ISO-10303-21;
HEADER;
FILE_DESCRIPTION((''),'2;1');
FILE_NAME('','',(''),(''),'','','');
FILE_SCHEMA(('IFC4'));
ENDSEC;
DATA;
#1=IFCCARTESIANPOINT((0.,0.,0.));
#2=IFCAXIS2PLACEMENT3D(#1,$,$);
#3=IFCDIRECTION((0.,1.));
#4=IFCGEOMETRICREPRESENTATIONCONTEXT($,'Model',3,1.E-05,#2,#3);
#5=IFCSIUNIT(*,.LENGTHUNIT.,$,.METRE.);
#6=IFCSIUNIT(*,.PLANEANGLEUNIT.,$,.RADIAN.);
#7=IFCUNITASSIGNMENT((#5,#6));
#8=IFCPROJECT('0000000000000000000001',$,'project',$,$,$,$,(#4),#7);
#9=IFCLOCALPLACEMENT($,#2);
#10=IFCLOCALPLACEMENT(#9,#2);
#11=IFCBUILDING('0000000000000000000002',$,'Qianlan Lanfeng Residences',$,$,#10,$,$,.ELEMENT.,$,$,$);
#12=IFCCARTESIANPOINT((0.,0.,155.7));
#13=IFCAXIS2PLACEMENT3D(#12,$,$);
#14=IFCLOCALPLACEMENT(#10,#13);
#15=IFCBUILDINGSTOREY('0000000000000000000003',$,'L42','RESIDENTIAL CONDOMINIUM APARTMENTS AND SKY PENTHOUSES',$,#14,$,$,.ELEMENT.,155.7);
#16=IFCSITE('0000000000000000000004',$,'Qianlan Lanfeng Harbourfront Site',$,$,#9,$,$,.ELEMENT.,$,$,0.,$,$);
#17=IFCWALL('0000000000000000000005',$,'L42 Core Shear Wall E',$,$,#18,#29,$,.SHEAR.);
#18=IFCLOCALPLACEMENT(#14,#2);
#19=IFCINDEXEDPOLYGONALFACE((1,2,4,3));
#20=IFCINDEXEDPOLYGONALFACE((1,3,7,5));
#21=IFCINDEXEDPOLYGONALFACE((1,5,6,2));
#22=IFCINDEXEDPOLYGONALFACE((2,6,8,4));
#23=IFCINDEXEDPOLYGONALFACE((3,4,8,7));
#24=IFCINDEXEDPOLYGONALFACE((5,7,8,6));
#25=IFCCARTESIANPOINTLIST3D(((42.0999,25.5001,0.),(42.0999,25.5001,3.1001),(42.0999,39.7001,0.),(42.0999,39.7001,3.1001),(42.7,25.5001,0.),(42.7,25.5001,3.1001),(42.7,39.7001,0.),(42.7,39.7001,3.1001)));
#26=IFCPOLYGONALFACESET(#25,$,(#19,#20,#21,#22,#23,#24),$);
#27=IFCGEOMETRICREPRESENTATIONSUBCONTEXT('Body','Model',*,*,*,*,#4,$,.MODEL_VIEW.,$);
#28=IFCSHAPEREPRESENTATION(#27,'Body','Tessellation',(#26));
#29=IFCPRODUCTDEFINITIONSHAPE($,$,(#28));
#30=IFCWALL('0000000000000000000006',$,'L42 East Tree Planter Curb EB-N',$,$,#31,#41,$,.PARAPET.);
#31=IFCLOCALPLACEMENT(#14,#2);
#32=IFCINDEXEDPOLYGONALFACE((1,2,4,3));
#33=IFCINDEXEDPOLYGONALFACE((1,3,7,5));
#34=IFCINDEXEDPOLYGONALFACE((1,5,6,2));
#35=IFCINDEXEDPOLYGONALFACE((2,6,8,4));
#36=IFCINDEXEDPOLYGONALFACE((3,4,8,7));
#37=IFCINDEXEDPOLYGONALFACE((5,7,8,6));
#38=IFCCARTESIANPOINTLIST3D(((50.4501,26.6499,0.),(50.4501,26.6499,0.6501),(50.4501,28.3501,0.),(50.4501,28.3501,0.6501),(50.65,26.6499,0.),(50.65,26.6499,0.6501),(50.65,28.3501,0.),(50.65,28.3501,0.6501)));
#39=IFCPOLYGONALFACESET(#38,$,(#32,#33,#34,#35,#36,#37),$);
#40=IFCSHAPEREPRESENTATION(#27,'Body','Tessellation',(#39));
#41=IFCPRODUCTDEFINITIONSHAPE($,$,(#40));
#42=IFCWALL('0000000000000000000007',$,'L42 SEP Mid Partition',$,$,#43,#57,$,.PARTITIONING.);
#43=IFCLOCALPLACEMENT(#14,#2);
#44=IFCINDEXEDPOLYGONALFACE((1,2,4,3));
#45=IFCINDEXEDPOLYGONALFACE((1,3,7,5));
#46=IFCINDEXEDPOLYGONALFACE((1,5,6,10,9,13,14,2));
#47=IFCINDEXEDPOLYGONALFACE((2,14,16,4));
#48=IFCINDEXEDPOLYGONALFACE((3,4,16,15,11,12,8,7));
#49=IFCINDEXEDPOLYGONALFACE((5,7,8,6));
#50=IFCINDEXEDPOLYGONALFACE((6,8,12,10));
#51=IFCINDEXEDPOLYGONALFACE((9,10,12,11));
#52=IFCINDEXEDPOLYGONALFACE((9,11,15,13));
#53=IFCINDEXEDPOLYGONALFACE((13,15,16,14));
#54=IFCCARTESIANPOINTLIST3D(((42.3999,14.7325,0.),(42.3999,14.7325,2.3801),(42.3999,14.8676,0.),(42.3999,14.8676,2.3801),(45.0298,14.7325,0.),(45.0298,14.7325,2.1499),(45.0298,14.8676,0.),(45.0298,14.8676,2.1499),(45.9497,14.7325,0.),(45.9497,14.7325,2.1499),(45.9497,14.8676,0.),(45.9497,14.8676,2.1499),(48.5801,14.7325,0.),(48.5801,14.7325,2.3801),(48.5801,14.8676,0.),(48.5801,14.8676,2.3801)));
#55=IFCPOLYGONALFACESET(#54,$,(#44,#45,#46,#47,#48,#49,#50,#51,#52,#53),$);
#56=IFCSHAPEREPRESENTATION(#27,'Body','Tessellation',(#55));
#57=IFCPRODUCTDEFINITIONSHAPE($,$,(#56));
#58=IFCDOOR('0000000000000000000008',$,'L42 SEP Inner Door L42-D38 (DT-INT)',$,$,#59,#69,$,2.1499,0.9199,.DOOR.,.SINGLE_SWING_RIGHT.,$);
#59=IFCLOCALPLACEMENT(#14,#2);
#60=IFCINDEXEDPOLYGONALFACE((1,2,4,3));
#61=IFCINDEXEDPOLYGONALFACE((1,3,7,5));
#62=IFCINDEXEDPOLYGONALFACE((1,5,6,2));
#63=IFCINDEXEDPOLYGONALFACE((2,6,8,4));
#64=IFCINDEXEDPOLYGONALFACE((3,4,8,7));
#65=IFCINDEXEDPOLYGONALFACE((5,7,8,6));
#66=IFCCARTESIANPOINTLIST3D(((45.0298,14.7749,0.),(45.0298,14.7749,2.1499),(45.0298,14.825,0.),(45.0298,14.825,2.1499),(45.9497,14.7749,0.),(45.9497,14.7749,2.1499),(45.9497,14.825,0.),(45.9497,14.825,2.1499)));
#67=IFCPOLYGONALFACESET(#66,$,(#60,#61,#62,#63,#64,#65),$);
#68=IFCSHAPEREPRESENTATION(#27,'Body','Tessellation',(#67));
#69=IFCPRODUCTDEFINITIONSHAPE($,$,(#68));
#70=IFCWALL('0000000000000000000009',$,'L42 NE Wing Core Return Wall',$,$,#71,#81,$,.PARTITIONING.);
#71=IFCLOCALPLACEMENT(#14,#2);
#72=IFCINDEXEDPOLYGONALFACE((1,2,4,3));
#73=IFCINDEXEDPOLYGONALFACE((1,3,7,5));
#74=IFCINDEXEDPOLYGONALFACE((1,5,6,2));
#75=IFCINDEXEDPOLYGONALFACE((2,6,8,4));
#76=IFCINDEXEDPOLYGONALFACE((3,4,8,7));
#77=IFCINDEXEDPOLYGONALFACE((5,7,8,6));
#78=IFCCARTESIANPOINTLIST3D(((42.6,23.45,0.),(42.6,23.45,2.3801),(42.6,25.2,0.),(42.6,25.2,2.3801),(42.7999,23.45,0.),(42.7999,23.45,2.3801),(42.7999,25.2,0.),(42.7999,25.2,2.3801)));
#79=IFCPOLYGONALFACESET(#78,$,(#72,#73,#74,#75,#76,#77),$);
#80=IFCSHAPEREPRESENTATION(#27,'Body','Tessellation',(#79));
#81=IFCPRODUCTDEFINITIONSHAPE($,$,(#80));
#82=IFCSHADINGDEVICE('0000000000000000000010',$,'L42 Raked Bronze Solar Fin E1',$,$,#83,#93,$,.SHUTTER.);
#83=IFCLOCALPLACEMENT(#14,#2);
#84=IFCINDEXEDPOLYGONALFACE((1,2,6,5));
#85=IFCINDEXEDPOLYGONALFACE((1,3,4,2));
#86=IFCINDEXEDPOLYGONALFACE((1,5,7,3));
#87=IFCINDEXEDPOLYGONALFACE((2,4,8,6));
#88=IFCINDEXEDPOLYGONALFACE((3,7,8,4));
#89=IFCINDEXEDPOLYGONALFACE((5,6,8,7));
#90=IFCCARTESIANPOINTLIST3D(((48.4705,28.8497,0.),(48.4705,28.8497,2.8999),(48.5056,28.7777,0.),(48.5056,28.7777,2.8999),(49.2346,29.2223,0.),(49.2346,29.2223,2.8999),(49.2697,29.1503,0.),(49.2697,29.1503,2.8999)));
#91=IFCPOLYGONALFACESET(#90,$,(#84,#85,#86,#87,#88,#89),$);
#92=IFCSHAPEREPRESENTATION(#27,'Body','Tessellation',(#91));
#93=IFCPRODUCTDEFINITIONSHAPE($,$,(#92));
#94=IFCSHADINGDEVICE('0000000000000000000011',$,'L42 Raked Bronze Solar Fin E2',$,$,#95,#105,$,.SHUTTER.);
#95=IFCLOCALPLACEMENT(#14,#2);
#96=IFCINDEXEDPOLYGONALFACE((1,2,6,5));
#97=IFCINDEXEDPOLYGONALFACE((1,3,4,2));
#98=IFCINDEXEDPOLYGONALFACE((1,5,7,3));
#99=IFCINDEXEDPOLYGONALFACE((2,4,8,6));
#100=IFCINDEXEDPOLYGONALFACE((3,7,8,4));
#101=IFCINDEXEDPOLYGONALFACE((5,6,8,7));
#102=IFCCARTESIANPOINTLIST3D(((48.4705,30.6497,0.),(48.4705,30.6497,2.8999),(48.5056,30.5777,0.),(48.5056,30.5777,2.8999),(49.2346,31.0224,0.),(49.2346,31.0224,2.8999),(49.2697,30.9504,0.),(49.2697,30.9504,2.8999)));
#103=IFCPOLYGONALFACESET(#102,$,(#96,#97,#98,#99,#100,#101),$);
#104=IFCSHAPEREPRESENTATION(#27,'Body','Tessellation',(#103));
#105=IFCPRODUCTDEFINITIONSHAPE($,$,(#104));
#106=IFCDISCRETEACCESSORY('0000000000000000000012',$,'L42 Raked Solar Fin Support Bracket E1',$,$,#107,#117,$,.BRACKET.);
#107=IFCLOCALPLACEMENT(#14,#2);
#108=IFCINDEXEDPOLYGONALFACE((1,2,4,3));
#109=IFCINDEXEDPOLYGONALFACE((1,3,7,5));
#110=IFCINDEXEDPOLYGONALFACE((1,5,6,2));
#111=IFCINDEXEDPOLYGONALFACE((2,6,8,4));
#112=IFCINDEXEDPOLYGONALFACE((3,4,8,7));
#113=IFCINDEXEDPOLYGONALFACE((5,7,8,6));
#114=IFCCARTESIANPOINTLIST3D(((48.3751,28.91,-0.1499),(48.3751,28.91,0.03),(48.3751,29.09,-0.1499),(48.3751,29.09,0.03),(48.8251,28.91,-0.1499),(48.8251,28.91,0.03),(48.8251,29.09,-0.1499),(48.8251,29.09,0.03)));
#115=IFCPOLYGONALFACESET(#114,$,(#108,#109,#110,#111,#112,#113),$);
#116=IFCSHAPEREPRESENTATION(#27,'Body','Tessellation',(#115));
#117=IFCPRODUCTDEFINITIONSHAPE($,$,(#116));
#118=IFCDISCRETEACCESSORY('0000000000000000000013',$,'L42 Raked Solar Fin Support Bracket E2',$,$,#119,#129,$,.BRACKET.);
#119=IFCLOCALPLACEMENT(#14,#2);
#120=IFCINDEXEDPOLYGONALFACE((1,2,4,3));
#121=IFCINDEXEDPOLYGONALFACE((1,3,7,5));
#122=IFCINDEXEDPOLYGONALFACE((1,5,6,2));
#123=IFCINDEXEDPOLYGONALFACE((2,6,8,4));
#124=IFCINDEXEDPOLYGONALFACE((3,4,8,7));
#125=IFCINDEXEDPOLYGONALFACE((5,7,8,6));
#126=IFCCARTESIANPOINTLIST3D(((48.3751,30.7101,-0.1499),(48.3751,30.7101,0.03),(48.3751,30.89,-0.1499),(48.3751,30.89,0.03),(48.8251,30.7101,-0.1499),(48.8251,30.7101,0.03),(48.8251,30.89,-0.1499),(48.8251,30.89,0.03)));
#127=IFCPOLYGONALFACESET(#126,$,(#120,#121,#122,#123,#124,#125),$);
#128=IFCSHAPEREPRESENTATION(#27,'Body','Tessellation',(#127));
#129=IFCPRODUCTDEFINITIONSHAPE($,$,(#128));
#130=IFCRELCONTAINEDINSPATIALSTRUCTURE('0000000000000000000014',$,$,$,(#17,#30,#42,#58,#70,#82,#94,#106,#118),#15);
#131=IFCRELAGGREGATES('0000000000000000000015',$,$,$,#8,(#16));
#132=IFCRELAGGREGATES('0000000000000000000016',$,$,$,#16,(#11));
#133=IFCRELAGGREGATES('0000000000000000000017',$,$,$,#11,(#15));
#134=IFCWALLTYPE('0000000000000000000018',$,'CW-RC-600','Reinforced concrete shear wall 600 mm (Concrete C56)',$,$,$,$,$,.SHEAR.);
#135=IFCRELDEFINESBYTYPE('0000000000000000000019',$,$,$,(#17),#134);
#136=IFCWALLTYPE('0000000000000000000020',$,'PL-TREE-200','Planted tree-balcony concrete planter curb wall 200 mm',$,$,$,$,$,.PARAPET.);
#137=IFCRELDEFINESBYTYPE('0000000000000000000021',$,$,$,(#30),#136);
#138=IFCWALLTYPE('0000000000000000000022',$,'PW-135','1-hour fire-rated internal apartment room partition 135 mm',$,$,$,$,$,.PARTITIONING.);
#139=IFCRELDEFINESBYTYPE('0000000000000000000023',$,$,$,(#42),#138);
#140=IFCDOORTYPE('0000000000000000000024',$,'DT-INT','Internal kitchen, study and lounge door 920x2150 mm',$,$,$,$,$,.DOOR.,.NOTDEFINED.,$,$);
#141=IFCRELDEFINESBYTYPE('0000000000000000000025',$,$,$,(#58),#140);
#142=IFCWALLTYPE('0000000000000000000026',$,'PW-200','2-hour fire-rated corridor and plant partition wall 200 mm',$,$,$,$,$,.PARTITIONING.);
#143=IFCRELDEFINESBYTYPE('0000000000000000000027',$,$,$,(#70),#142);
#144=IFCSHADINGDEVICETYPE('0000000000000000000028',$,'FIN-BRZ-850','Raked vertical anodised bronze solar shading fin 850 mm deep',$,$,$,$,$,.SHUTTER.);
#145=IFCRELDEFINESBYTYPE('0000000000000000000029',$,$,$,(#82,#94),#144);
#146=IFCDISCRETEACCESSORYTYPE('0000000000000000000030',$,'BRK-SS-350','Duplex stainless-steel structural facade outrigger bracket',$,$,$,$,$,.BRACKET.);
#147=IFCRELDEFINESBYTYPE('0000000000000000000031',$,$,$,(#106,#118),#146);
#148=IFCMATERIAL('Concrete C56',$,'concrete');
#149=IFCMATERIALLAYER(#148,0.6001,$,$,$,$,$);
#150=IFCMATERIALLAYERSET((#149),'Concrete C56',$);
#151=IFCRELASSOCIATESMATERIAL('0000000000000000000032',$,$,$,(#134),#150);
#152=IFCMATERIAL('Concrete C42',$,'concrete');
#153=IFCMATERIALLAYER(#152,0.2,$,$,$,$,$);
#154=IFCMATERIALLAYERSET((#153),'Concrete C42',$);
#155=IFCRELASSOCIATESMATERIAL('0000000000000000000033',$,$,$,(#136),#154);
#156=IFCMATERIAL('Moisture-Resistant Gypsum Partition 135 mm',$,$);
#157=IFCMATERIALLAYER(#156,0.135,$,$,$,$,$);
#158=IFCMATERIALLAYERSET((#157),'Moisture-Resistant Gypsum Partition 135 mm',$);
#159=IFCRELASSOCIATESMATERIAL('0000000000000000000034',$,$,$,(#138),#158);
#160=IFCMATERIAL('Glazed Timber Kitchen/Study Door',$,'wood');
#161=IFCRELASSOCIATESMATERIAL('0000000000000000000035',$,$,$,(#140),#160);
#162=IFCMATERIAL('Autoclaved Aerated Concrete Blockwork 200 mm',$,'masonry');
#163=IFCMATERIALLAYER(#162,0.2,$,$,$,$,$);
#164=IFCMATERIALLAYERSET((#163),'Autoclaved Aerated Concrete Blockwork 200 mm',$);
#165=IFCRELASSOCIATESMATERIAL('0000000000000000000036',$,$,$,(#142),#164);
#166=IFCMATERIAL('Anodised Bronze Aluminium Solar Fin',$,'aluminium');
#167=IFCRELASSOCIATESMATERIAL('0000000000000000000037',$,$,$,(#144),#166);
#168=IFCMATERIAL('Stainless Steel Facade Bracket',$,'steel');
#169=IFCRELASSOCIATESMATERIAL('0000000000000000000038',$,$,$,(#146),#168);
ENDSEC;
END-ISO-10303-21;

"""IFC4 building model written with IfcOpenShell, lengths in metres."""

from ifc_helpers import new_model, si_unit, direction, frame, frame_2d, origin, origin_2d, place, context, subcontext, project, spatial, rectangle, extrude, source, transform, mapped, material, layer, layer_set, type_object, element, fill, save


model = new_model("IFC4")

# Units and contexts
model_context = context("Model", 3, precision=1e-05, world=origin(), true_north=direction((0.0, 1.0)))
body_context = subcontext(model_context, "Body", "Model", "MODEL_VIEW")
ifc_project = project(units=[si_unit("LENGTHUNIT", "METRE"), si_unit("PLANEANGLEUNIT", "RADIAN")], contexts=[model_context])

# Site, building, storey
site_placement = place(None, origin())
site = spatial("IfcSite", under=ifc_project, at=site_placement, Name="Qianlan Lanfeng Harbourfront Site", CompositionType="ELEMENT", RefElevation=0.0)
building_placement = place(site_placement, origin())
building = spatial("IfcBuilding", under=site, at=building_placement, Name="Qianlan Lanfeng Residences", CompositionType="ELEMENT")
storey_placement = place(building_placement, frame((0.0, 0.0, 155.7)))
storey = spatial("IfcBuildingStorey", under=building, at=storey_placement, Name="L42", Description="RESIDENTIAL CONDOMINIUM APARTMENTS AND SKY PENTHOUSES", CompositionType="ELEMENT", Elevation=155.7)

# Walls
ifc_material_1 = material(Name="Concrete C56", Category="concrete")
ifc_layer_1 = layer(ifc_material_1, 0.6001)
ifc_layer_set_1 = layer_set([ifc_layer_1], Name="Concrete C56")
wall_type_1 = type_object("IfcWallType", Name="CW-RC-600", Description="Reinforced concrete shear wall 600 mm (Concrete C56)", PredefinedType="SHEAR", material=ifc_layer_set_1)
wall_1_placement = place(storey_placement, frame((42.3999, 25.5, 0.0), z_axis=(0.0, 0.0, 1.0), x_axis=(0.0, 1.0, 0.0)))
element("IfcWall", 1, at=wall_1_placement, inside=storey, type_object=wall_type_1, Name="L42 Core Shear Wall E", PredefinedType="SHEAR", context=body_context, shape_type="SweptSolid", body=[
    extrude(rectangle(XDim=14.2, YDim=0.6001, at=frame_2d((7.1001, 0.0))), origin(), (0.0, 0.0, 1.0), 3.1001),
])
ifc_material_2 = material(Name="Concrete C42", Category="concrete")
ifc_layer_2 = layer(ifc_material_2, 0.2)
ifc_layer_set_2 = layer_set([ifc_layer_2], Name="Concrete C42")
wall_type_2 = type_object("IfcWallType", Name="PL-TREE-200", Description="Planted tree-balcony concrete planter curb wall 200 mm", PredefinedType="PARAPET", material=ifc_layer_set_2)
wall_2_placement = place(storey_placement, frame((50.55, 26.6499, 0.0), z_axis=(0.0, 0.0, 1.0), x_axis=(0.0, 1.0, 0.0)))
element("IfcWall", 2, at=wall_2_placement, inside=storey, type_object=wall_type_2, Name="L42 East Tree Planter Curb EB-N", PredefinedType="PARAPET", context=body_context, shape_type="SweptSolid", body=[
    extrude(rectangle(XDim=1.7002, YDim=0.2, at=frame_2d((0.8501, 0.0))), origin(), (0.0, 0.0, 1.0), 0.6501),
])

# Wall, opening, door
ifc_material_3 = material(Name="Moisture-Resistant Gypsum Partition 135 mm")
ifc_layer_3 = layer(ifc_material_3, 0.135)
ifc_layer_set_3 = layer_set([ifc_layer_3], Name="Moisture-Resistant Gypsum Partition 135 mm")
wall_type_3 = type_object("IfcWallType", Name="PW-135", Description="1-hour fire-rated internal apartment room partition 135 mm", PredefinedType="PARTITIONING", material=ifc_layer_set_3)
wall_3_placement = place(storey_placement, frame((42.3999, 14.8, 0.0), z_axis=(0.0, 0.0, 1.0), x_axis=(1.0, 0.0, 0.0)))
wall_3 = element("IfcWall", 3, at=wall_3_placement, inside=storey, type_object=wall_type_3, Name="L42 SEP Mid Partition", PredefinedType="PARTITIONING", context=body_context, shape_type="SweptSolid", body=[
    extrude(rectangle(XDim=6.1802, YDim=0.135, at=frame_2d((3.0901, 0.0))), origin(), (0.0, 0.0, 1.0), 2.3801),
])
opening_1_placement = place(wall_3_placement, frame((2.6299, 0.0, 0.0)))
opening_1 = element("IfcOpeningElement", 4, at=opening_1_placement, cuts=wall_3, PredefinedType="OPENING", context=body_context, shape_type="SweptSolid", body=[
    extrude(rectangle(XDim=0.9199, YDim=2.1499, at=frame_2d((0.46, 1.075))), frame((0.0, 0.0776, 0.0), z_axis=(0.0, -1.0, 0.0), x_axis=(1.0, 0.0, 0.0)), (0.0, 0.0, 1.0), 0.155),
])
ifc_material_4 = material(Name="Glazed Timber Kitchen/Study Door", Category="wood")
door_type = type_object("IfcDoorType", Name="DT-INT", Description="Internal kitchen, study and lounge door 920x2150 mm", OperationType="NOTDEFINED", PredefinedType="DOOR", material=ifc_material_4)
door_1_placement = place(opening_1_placement, origin())
door_1 = element("IfcDoor", 5, at=door_1_placement, inside=storey, type_object=door_type, Name="L42 SEP Inner Door L42-D38 (DT-INT)", OperationType="SINGLE_SWING_RIGHT", OverallHeight=2.1499, OverallWidth=0.9199, PredefinedType="DOOR", context=body_context, shape_type="SweptSolid", body=[
    extrude(rectangle(XDim=0.9199, YDim=2.1499, at=frame_2d((0.46, 1.075))), frame((0.0, 0.0249, 0.0), z_axis=(0.0, -1.0, 0.0), x_axis=(1.0, 0.0, 0.0)), (0.0, 0.0, 1.0), 0.05),
])
fill(opening_1, door_1)
ifc_material_5 = material(Name="Autoclaved Aerated Concrete Blockwork 200 mm", Category="masonry")
ifc_layer_4 = layer(ifc_material_5, 0.2)
ifc_layer_set_4 = layer_set([ifc_layer_4], Name="Autoclaved Aerated Concrete Blockwork 200 mm")
wall_type_4 = type_object("IfcWallType", Name="PW-200", Description="2-hour fire-rated corridor and plant partition wall 200 mm", PredefinedType="PARTITIONING", material=ifc_layer_set_4)

# Wall
wall_4_placement = place(storey_placement, frame((42.7, 23.45, 0.0), z_axis=(0.0, 0.0, 1.0), x_axis=(0.0, 1.0, 0.0)))
element("IfcWall", 6, at=wall_4_placement, inside=storey, type_object=wall_type_4, Name="L42 NE Wing Core Return Wall", PredefinedType="PARTITIONING", context=body_context, shape_type="SweptSolid", body=[
    extrude(rectangle(XDim=1.75, YDim=0.2, at=frame_2d((0.875, 0.0))), origin(), (0.0, 0.0, 1.0), 2.3801),
])

# Shading devices
ifc_material_6 = material(Name="Anodised Bronze Aluminium Solar Fin", Category="aluminium")
shading_device_type = type_object("IfcShadingDeviceType", Name="FIN-BRZ-850", Description="Raked vertical anodised bronze solar shading fin 850 mm deep", PredefinedType="SHUTTER", material=ifc_material_6)
shared_shape_1 = source(origin(), body_context, "Body", "SweptSolid", [
    extrude(rectangle(XDim=0.8501, YDim=0.0801, at=origin_2d()), origin(), (0.0, 0.0, 1.0), 2.8999),
])
for number, where, z_axis, x_axis, name in (
    (7, (48.8701, 29.0, 0.0), (0.0, 0.0, 1.0), (0.898794, 0.438371, 0.0), "L42 Raked Bronze Solar Fin E1"),
    (8, (48.8701, 30.8, 0.0), (0.0, 0.0, 1.0), (0.898794, 0.438371, 0.0), "L42 Raked Bronze Solar Fin E2"),
):
    element("IfcShadingDevice", number, at=place(storey_placement, frame(where, z_axis=z_axis, x_axis=x_axis)), inside=storey, type_object=shading_device_type, Name=name, PredefinedType="SHUTTER", context=body_context, shape_type="MappedRepresentation", body=[
        mapped(shared_shape_1, transform((0.0, 0.0, 0.0), scale=1.0)),
    ])

# Discrete accessories
ifc_material_7 = material(Name="Stainless Steel Facade Bracket", Category="steel")
discrete_accessory_type = type_object("IfcDiscreteAccessoryType", Name="BRK-SS-350", Description="Duplex stainless-steel structural facade outrigger bracket", PredefinedType="BRACKET", material=ifc_material_7)
shared_shape_2 = source(origin(), body_context, "Body", "SweptSolid", [
    extrude(rectangle(XDim=0.45, YDim=0.1799, at=origin_2d()), origin(), (0.0, 0.0, 1.0), 0.1799),
])
for number, where, z_axis, x_axis, name in (
    (9, (48.6001, 29.0, -0.1499), (0.0, 0.0, 1.0), (1.0, 0.0, 0.0), "L42 Raked Solar Fin Support Bracket E1"),
    (10, (48.6001, 30.8, -0.1499), (0.0, 0.0, 1.0), (1.0, 0.0, 0.0), "L42 Raked Solar Fin Support Bracket E2"),
):
    element("IfcDiscreteAccessory", number, at=place(storey_placement, frame(where, z_axis=z_axis, x_axis=x_axis)), inside=storey, type_object=discrete_accessory_type, Name=name, PredefinedType="BRACKET", context=body_context, shape_type="MappedRepresentation", body=[
        mapped(shared_shape_2, transform((0.0, 0.0, 0.0), scale=1.0)),
    ])

save(model, "model.ifc")
